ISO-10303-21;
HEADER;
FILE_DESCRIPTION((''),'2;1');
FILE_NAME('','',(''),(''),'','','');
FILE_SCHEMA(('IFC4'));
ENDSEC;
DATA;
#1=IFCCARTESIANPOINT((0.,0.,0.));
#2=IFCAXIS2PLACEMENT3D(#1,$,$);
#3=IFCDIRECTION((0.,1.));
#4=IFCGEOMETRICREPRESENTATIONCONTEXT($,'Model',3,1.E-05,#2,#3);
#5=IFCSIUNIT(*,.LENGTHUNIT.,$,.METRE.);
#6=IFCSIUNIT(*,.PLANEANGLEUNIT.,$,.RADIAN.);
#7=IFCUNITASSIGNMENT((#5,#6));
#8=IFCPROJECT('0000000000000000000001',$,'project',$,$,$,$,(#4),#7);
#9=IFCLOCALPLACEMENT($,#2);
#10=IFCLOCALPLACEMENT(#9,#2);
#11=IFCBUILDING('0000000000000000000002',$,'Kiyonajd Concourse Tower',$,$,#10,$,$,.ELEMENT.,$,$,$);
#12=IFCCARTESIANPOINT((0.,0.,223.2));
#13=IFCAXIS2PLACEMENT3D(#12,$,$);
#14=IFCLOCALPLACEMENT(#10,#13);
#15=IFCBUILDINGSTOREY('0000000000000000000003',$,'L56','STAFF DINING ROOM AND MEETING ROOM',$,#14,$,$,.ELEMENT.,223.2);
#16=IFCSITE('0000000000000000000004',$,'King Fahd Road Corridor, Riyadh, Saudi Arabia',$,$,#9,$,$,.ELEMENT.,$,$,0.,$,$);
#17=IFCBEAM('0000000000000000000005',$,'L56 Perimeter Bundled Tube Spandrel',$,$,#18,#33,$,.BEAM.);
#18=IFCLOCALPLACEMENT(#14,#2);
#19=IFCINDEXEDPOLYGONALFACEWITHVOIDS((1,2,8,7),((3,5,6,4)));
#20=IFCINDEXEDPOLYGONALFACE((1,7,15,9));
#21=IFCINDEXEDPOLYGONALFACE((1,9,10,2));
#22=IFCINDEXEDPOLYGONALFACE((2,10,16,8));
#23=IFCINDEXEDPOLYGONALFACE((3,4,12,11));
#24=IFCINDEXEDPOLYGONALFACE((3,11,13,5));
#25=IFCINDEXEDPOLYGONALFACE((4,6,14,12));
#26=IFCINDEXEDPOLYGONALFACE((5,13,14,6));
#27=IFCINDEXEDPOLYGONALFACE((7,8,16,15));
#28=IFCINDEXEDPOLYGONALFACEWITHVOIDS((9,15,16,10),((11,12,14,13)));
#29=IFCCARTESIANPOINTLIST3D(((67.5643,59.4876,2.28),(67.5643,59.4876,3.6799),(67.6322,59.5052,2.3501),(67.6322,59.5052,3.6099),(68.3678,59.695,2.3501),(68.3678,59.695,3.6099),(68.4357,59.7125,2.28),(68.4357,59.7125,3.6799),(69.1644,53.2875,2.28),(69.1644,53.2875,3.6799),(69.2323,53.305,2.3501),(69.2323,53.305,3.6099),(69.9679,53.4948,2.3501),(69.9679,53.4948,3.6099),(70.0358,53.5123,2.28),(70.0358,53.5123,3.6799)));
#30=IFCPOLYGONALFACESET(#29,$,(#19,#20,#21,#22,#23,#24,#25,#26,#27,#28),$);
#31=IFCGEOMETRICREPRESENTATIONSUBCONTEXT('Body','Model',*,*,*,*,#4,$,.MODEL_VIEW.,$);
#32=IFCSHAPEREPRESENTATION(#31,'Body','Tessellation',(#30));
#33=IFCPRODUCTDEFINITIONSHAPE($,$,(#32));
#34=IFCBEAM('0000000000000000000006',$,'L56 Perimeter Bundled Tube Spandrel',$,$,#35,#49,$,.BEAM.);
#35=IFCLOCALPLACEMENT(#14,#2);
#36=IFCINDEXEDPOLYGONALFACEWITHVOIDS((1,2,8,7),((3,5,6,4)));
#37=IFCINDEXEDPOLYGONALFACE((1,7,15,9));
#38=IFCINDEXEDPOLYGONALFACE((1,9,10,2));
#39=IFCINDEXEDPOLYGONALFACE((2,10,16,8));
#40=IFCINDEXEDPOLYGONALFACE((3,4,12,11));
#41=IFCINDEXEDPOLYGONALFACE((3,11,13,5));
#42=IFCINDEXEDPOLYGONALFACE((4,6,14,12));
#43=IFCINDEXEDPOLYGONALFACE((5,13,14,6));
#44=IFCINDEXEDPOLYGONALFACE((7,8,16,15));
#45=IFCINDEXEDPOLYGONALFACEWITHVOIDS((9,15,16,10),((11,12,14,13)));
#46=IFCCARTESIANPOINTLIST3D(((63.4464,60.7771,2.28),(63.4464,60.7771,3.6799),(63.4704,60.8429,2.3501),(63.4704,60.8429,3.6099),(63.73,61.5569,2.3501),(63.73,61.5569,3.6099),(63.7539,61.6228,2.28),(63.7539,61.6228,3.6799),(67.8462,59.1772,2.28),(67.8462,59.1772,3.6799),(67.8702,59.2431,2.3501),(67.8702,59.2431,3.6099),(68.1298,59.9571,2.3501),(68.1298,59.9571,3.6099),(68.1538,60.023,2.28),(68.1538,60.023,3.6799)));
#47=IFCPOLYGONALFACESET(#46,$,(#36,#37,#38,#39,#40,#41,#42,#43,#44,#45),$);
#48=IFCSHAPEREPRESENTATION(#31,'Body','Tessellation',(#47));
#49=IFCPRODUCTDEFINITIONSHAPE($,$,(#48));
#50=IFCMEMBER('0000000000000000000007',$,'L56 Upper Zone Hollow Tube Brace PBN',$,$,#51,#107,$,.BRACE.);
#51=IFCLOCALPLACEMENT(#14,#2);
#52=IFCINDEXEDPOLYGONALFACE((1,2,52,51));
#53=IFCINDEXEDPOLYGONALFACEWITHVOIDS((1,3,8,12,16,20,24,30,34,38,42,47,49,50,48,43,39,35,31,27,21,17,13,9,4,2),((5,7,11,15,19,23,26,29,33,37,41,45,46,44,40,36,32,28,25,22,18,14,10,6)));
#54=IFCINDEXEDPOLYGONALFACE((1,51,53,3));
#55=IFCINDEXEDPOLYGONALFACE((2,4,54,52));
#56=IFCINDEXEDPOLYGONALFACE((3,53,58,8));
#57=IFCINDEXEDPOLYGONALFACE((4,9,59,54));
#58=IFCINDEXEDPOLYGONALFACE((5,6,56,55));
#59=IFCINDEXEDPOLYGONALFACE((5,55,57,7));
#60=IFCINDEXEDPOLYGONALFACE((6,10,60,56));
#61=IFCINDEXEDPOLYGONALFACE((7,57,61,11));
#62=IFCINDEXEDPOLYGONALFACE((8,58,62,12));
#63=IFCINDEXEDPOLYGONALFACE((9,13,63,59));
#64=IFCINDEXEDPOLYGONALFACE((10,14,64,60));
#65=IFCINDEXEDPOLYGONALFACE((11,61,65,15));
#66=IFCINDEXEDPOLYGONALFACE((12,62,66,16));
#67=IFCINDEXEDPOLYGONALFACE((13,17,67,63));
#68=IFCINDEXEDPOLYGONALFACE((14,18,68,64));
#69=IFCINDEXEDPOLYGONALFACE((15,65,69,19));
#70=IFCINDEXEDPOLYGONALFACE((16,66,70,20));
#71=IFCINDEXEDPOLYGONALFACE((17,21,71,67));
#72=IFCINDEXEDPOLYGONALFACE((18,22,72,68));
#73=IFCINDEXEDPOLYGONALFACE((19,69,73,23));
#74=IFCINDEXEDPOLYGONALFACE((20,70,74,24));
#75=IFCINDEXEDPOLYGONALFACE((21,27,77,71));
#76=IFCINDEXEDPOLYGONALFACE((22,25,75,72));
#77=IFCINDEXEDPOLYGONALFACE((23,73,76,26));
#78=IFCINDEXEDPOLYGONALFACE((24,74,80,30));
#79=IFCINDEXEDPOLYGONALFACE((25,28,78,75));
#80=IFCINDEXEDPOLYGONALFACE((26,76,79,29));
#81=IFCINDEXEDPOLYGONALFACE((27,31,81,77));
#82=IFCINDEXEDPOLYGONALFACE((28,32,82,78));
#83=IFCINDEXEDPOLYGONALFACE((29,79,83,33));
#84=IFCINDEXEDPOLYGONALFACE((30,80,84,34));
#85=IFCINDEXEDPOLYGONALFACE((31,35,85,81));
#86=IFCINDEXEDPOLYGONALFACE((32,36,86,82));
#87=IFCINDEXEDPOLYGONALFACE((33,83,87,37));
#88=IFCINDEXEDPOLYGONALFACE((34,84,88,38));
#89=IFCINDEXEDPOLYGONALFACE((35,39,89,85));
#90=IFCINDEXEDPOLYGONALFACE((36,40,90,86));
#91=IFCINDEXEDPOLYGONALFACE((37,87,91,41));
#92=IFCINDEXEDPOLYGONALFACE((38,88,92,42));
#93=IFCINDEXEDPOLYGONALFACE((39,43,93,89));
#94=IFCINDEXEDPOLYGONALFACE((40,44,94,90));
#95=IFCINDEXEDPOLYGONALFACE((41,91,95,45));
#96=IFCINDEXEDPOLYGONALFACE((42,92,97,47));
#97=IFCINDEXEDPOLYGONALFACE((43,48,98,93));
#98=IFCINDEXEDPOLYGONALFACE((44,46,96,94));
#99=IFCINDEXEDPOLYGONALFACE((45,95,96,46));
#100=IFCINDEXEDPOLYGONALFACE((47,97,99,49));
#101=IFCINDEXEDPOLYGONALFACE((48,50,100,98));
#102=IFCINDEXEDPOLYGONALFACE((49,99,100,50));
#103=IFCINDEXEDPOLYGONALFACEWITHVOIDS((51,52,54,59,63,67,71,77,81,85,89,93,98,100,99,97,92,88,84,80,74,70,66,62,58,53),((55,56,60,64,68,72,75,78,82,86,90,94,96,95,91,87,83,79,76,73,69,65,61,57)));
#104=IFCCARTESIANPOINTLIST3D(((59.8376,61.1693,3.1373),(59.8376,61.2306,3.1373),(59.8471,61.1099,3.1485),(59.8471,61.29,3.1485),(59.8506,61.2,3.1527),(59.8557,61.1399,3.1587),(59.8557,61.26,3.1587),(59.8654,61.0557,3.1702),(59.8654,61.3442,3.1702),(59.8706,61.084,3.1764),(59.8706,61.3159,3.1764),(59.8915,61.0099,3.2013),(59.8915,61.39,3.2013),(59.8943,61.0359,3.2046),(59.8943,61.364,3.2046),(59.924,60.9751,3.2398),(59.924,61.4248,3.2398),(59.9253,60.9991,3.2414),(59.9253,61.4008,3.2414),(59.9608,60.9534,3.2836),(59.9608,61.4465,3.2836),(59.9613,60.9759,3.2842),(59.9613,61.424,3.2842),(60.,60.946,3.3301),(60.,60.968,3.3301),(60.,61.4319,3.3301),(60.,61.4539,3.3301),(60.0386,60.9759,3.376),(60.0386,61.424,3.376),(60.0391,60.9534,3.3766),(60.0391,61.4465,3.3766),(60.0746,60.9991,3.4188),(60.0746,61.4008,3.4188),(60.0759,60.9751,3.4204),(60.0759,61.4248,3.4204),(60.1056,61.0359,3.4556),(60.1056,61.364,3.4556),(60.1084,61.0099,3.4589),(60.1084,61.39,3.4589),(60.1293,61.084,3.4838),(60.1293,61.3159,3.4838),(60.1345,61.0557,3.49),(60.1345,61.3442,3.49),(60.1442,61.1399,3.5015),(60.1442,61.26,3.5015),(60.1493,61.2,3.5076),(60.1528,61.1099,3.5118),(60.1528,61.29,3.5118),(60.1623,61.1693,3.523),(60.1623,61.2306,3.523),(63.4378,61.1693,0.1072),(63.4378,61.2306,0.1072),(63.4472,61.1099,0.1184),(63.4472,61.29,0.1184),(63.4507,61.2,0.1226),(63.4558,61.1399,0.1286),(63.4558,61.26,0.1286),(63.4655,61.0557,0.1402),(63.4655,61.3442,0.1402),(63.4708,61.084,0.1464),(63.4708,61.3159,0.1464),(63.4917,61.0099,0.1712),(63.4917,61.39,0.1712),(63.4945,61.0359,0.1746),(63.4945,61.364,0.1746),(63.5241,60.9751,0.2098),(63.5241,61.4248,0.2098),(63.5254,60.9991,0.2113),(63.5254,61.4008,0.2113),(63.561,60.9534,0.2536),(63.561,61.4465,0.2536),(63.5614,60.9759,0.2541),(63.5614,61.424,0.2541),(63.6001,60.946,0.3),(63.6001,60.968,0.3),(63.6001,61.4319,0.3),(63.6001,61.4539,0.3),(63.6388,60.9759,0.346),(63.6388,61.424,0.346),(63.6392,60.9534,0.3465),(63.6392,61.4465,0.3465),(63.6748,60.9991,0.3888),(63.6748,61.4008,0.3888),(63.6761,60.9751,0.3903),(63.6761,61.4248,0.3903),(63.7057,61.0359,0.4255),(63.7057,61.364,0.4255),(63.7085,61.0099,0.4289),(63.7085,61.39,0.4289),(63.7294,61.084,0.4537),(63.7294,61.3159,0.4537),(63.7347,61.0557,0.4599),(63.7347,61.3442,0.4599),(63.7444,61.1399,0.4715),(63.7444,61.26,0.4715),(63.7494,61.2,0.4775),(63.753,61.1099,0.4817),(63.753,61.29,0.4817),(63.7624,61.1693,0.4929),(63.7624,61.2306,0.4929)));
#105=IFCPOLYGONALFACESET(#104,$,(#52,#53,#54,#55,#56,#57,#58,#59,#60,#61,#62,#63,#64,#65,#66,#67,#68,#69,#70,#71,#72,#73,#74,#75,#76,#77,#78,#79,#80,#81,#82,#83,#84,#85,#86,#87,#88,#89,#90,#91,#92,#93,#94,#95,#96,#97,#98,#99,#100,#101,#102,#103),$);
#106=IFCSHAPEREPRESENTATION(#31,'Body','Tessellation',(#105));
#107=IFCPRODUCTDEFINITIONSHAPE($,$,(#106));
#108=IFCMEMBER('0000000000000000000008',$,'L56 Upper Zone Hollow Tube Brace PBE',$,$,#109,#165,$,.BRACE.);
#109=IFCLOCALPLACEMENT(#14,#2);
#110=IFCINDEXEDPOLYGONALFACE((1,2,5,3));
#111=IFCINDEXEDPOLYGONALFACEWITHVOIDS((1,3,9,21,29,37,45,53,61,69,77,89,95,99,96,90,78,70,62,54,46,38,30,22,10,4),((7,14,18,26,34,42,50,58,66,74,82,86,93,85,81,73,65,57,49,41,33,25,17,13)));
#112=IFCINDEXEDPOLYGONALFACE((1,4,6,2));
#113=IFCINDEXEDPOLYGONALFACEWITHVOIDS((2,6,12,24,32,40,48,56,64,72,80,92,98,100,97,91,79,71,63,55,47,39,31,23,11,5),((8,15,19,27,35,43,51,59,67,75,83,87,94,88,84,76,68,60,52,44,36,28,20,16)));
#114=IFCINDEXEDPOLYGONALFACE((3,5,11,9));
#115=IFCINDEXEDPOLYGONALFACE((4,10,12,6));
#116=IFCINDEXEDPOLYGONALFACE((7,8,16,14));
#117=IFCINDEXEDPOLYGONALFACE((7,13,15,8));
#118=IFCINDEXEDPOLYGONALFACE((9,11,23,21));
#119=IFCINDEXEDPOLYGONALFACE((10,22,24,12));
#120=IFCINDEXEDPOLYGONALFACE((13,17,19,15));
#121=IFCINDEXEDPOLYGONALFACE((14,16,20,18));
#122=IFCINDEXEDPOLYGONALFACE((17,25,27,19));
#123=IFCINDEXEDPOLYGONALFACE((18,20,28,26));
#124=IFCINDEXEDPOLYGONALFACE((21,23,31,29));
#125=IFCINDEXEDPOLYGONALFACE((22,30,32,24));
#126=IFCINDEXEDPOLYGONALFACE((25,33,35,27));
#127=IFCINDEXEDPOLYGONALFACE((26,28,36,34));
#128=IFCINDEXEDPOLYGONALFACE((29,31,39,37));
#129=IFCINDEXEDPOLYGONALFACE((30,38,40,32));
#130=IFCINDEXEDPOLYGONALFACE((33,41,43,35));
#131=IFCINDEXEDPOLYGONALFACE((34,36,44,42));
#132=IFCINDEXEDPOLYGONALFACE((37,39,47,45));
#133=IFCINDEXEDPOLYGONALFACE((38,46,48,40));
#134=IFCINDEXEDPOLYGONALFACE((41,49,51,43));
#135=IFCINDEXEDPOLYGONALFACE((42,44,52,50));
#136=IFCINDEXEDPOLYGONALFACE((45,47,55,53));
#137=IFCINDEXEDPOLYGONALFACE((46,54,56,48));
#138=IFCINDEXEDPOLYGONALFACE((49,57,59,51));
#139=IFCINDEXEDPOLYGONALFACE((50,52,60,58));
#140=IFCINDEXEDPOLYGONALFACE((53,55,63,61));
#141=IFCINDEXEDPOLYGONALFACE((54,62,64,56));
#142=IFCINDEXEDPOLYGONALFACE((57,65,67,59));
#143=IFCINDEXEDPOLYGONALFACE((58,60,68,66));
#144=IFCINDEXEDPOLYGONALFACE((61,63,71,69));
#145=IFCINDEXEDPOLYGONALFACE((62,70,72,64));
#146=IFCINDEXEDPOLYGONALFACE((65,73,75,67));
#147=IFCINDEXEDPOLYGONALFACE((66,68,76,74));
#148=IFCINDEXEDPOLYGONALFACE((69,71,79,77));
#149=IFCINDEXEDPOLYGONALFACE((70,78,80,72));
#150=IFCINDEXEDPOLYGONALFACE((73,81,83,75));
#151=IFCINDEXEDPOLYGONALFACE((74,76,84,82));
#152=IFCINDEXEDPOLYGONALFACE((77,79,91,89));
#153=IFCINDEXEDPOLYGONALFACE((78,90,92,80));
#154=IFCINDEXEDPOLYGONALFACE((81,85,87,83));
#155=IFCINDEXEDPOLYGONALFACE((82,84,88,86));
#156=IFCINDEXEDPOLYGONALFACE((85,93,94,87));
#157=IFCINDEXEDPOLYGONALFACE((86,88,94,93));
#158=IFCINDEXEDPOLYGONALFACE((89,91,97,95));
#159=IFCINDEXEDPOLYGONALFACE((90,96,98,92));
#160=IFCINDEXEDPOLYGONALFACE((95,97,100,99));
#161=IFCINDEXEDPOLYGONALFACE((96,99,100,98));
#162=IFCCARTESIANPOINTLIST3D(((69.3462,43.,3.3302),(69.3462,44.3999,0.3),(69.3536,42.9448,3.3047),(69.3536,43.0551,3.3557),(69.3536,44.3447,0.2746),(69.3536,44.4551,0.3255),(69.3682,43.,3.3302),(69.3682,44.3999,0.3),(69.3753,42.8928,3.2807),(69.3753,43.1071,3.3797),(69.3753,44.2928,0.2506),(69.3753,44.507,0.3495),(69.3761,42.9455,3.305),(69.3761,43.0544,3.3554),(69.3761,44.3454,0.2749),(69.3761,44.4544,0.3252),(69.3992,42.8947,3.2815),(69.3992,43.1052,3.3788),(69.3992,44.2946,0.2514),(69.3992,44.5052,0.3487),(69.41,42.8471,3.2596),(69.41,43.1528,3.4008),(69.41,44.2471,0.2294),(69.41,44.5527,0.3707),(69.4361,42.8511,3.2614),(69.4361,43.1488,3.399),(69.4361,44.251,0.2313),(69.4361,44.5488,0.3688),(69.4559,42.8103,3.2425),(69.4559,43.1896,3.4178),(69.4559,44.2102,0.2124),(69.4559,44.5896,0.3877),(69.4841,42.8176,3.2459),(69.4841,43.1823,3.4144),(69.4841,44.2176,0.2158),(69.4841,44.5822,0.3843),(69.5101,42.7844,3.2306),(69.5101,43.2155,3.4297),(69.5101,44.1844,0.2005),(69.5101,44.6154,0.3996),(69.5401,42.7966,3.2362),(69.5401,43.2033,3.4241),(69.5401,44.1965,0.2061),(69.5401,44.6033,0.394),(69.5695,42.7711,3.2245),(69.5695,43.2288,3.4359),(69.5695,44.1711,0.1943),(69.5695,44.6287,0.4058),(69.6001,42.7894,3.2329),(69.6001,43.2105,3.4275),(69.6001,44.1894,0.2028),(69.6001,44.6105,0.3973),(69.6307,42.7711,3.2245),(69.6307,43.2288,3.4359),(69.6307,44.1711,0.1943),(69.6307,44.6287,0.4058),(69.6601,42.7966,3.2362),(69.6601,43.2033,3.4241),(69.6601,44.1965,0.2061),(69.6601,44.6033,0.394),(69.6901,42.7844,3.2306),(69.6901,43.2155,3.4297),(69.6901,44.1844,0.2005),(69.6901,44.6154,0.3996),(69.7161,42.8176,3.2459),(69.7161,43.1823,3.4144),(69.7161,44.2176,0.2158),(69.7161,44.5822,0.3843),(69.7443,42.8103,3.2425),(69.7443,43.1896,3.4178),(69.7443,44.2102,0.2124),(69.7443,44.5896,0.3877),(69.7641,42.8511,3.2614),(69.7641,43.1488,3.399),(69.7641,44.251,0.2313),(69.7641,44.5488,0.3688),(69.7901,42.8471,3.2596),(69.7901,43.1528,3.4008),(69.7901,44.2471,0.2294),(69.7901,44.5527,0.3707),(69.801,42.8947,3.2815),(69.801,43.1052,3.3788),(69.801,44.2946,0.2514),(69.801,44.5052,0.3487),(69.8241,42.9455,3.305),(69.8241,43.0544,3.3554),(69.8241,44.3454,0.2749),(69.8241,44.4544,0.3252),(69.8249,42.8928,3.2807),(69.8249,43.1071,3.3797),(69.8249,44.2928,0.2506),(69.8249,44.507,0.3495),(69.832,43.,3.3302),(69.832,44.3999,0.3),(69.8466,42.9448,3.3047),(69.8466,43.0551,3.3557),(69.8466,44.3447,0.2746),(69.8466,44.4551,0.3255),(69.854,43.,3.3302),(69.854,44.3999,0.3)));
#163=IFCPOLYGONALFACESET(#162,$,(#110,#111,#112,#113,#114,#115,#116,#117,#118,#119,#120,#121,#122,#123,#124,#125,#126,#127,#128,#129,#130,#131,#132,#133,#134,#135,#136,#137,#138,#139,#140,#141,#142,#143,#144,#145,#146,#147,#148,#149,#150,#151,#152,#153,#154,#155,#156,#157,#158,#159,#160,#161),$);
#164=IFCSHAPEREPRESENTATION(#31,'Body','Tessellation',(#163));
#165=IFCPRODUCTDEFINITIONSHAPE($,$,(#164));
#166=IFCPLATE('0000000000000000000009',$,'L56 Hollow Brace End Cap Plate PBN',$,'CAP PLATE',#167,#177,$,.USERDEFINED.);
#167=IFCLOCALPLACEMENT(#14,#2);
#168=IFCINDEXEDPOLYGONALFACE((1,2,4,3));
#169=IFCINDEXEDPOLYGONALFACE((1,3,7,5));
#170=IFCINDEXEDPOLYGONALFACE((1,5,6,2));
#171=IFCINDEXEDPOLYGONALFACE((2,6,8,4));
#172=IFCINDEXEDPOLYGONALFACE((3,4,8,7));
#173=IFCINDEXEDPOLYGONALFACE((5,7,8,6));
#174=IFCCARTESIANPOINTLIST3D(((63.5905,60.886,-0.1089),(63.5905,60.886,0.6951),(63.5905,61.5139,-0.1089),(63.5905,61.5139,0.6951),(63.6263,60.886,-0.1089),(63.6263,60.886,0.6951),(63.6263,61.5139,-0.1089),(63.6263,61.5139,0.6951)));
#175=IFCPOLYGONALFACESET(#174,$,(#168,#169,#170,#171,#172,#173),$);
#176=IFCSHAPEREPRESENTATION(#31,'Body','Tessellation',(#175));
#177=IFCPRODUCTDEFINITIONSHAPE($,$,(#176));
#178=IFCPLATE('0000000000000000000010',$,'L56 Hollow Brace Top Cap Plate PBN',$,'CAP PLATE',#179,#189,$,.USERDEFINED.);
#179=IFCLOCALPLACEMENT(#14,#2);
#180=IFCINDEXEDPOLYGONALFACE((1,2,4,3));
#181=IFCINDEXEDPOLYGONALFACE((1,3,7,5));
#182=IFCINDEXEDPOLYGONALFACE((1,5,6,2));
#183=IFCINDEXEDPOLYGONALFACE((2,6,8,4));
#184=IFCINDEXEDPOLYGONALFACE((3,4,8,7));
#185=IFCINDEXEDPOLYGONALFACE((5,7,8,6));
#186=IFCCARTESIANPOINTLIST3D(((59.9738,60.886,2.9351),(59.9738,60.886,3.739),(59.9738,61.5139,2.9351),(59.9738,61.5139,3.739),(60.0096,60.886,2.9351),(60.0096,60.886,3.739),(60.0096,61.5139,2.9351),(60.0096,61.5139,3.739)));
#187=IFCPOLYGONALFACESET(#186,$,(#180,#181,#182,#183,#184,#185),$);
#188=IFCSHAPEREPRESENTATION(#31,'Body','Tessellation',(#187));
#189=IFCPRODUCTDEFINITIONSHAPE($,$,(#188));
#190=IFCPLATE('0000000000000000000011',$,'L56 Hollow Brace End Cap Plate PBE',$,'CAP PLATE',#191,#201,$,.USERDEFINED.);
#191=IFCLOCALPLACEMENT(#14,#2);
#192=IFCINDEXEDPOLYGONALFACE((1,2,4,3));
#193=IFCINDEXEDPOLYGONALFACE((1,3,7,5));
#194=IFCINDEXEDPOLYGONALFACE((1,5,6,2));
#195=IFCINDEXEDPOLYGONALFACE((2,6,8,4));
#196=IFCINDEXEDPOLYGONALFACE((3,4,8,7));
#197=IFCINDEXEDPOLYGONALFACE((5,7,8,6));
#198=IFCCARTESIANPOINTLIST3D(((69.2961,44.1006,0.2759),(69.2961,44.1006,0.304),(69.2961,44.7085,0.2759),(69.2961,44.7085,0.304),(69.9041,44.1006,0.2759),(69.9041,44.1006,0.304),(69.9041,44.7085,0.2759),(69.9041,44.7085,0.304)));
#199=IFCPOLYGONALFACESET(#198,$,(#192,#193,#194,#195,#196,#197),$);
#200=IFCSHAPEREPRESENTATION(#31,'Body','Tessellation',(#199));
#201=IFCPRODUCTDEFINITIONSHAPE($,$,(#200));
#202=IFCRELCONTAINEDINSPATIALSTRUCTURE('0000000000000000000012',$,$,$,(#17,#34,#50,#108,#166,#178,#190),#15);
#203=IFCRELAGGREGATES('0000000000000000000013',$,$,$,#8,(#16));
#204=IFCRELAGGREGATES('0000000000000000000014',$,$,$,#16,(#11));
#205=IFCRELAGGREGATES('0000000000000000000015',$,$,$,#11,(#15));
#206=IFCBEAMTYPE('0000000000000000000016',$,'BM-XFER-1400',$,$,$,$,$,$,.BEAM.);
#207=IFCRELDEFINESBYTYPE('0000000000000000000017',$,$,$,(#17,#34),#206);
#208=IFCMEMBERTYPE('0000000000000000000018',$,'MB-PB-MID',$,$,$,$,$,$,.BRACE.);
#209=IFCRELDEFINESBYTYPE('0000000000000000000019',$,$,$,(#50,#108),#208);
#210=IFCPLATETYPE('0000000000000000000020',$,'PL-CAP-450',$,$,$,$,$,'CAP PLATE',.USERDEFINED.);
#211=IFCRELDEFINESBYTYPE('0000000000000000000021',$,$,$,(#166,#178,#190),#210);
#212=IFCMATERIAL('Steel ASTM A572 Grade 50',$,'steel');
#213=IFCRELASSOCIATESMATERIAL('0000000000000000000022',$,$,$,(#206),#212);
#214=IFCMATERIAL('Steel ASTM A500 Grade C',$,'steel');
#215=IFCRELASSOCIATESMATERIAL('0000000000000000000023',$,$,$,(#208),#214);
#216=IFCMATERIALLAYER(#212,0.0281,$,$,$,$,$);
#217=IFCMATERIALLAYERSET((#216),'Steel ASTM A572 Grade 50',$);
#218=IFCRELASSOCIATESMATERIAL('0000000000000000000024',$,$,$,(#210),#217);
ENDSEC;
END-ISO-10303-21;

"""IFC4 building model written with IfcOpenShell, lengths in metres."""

from ifc_helpers import new_model, si_unit, direction, frame, origin, origin_2d, place, context, subcontext, project, spatial, rectangle, hollow_rectangle, hollow_circle, extrude, material, layer, layer_set, material_profile, profile_set, type_object, element, save


model = new_model("IFC4")

# Units and contexts
model_context = context("Model", 3, precision=1e-05, world=origin(), true_north=direction((0.0, 1.0)))
body_context = subcontext(model_context, "Body", "Model", "MODEL_VIEW")
ifc_project = project(units=[si_unit("LENGTHUNIT", "METRE"), si_unit("PLANEANGLEUNIT", "RADIAN")], contexts=[model_context])

# Site, building, storey
site_placement = place(None, origin())
site = spatial("IfcSite", under=ifc_project, at=site_placement, Name="King Fahd Road Corridor, Riyadh, Saudi Arabia", CompositionType="ELEMENT", RefElevation=0.0)
building_placement = place(site_placement, origin())
building = spatial("IfcBuilding", under=site, at=building_placement, Name="Kiyonajd Concourse Tower", CompositionType="ELEMENT")
storey_placement = place(building_placement, frame((0.0, 0.0, 223.2)))
storey = spatial("IfcBuildingStorey", under=building, at=storey_placement, Name="L56", Description="STAFF DINING ROOM AND MEETING ROOM", CompositionType="ELEMENT", Elevation=223.2)

# Beams
ifc_material_1 = material(Name="Steel ASTM A572 Grade 50", Category="steel")
ifc_material_profile_1 = material_profile(ifc_material_1, hollow_rectangle(XDim=0.8999, YDim=1.3999, WallThickness=0.0701, at=origin_2d()), Name="BOX-1400x900x70")
ifc_profile_set_1 = profile_set([ifc_material_profile_1], Name="Steel ASTM A572 Grade 50")
beam_type_1 = type_object("IfcBeamType", Name="BM-XFER-1400", PredefinedType="BEAM", material=ifc_profile_set_1)
beam_1_placement = place(storey_placement, frame((69.6001, 53.3999, 2.98), z_axis=(-0.249885, 0.968276, 0.0), x_axis=(-0.968276, -0.249885, 0.0)))
element("IfcBeam", 1, at=beam_1_placement, inside=storey, type_object=beam_type_1, Name="L56 Perimeter Bundled Tube Spandrel", PredefinedType="BEAM", context=body_context, shape_type="SweptSolid", body=[
    extrude(hollow_rectangle(XDim=0.8999, YDim=1.3999, WallThickness=0.0701, at=origin_2d()), origin(), (0.0, 0.0, 1.0), 6.4033),
])
beam_2_placement = place(storey_placement, frame((68.0, 59.6001, 2.98), z_axis=(-0.939801, 0.341722, 0.0), x_axis=(-0.341722, -0.939801, 0.0)))
element("IfcBeam", 2, at=beam_2_placement, inside=storey, type_object=beam_type_1, Name="L56 Perimeter Bundled Tube Spandrel", PredefinedType="BEAM", context=body_context, shape_type="SweptSolid", body=[
    extrude(hollow_rectangle(XDim=0.8999, YDim=1.3999, WallThickness=0.0701, at=origin_2d()), origin(), (0.0, 0.0, 1.0), 4.6816),
])

# Members
ifc_material_2 = material(Name="Steel ASTM A500 Grade C", Category="steel")
ifc_material_profile_2 = material_profile(ifc_material_2, hollow_circle(Radius=0.2539, WallThickness=0.022, at=origin_2d()), Name="CHS-508x22")
ifc_profile_set_2 = profile_set([ifc_material_profile_2], Name="Steel ASTM A500 Grade C")
member_type = type_object("IfcMemberType", Name="MB-PB-MID", PredefinedType="BRACE", material=ifc_profile_set_2)
member_1_placement = place(storey_placement, frame((63.6001, 61.2, 0.3), z_axis=(-0.765082, 0.0, 0.643933), x_axis=(0.0, -1.0, 0.0)))
element("IfcMember", 3, at=member_1_placement, inside=storey, type_object=member_type, Name="L56 Upper Zone Hollow Tube Brace PBN", PredefinedType="BRACE", context=body_context, shape_type="SweptSolid", body=[
    extrude(hollow_circle(Radius=0.2539, WallThickness=0.022, at=origin_2d()), origin(), (0.0, 0.0, 1.0), 4.7056),
])
member_2_placement = place(storey_placement, frame((69.6001, 44.3999, 0.3), z_axis=(0.0, -0.419411, 0.907797), x_axis=(1.0, 0.0, 0.0)))
element("IfcMember", 4, at=member_2_placement, inside=storey, type_object=member_type, Name="L56 Upper Zone Hollow Tube Brace PBE", PredefinedType="BRACE", context=body_context, shape_type="SweptSolid", body=[
    extrude(hollow_circle(Radius=0.2539, WallThickness=0.022, at=origin_2d()), origin(), (0.0, 0.0, 1.0), 3.3379),
])

# Plates
ifc_layer_1 = layer(ifc_material_1, 0.0281)
ifc_layer_set_1 = layer_set([ifc_layer_1], Name="Steel ASTM A572 Grade 50")
plate_type_1 = type_object("IfcPlateType", Name="PL-CAP-450", ElementType="CAP PLATE", PredefinedType="USERDEFINED", material=ifc_layer_set_1)
for number, where, z_axis, x_axis, name in (
    (5, (63.6084, 61.2, -0.1089), (0.0, 0.0, 1.0), (1.0, 0.0, 0.0), "L56 Hollow Brace End Cap Plate PBN"),
    (6, (59.9917, 61.2, 2.9351), (0.0, 0.0, 1.0), (-1.0, 0.0, 0.0), "L56 Hollow Brace Top Cap Plate PBN"),
):
    element("IfcPlate", number, at=place(storey_placement, frame(where, z_axis=z_axis, x_axis=x_axis)), inside=storey, type_object=plate_type_1, Name=name, ObjectType="CAP PLATE", PredefinedType="USERDEFINED", context=body_context, shape_type="SweptSolid", body=[
        extrude(rectangle(XDim=0.0359, YDim=0.6279, at=origin_2d()), origin(), (0.0, 0.0, 1.0), 0.804),
    ])
plate_placement = place(storey_placement, frame((69.6001, 44.4045, 0.2759), z_axis=(0.0, 0.0, 1.0), x_axis=(1.0, 0.0, 0.0)))
element("IfcPlate", 7, at=plate_placement, inside=storey, type_object=plate_type_1, Name="L56 Hollow Brace End Cap Plate PBE", ObjectType="CAP PLATE", PredefinedType="USERDEFINED", context=body_context, shape_type="SweptSolid", body=[
    extrude(rectangle(XDim=0.6079, YDim=0.6079, at=origin_2d()), origin(), (0.0, 0.0, 1.0), 0.0281),
])

save(model, "model.ifc")
